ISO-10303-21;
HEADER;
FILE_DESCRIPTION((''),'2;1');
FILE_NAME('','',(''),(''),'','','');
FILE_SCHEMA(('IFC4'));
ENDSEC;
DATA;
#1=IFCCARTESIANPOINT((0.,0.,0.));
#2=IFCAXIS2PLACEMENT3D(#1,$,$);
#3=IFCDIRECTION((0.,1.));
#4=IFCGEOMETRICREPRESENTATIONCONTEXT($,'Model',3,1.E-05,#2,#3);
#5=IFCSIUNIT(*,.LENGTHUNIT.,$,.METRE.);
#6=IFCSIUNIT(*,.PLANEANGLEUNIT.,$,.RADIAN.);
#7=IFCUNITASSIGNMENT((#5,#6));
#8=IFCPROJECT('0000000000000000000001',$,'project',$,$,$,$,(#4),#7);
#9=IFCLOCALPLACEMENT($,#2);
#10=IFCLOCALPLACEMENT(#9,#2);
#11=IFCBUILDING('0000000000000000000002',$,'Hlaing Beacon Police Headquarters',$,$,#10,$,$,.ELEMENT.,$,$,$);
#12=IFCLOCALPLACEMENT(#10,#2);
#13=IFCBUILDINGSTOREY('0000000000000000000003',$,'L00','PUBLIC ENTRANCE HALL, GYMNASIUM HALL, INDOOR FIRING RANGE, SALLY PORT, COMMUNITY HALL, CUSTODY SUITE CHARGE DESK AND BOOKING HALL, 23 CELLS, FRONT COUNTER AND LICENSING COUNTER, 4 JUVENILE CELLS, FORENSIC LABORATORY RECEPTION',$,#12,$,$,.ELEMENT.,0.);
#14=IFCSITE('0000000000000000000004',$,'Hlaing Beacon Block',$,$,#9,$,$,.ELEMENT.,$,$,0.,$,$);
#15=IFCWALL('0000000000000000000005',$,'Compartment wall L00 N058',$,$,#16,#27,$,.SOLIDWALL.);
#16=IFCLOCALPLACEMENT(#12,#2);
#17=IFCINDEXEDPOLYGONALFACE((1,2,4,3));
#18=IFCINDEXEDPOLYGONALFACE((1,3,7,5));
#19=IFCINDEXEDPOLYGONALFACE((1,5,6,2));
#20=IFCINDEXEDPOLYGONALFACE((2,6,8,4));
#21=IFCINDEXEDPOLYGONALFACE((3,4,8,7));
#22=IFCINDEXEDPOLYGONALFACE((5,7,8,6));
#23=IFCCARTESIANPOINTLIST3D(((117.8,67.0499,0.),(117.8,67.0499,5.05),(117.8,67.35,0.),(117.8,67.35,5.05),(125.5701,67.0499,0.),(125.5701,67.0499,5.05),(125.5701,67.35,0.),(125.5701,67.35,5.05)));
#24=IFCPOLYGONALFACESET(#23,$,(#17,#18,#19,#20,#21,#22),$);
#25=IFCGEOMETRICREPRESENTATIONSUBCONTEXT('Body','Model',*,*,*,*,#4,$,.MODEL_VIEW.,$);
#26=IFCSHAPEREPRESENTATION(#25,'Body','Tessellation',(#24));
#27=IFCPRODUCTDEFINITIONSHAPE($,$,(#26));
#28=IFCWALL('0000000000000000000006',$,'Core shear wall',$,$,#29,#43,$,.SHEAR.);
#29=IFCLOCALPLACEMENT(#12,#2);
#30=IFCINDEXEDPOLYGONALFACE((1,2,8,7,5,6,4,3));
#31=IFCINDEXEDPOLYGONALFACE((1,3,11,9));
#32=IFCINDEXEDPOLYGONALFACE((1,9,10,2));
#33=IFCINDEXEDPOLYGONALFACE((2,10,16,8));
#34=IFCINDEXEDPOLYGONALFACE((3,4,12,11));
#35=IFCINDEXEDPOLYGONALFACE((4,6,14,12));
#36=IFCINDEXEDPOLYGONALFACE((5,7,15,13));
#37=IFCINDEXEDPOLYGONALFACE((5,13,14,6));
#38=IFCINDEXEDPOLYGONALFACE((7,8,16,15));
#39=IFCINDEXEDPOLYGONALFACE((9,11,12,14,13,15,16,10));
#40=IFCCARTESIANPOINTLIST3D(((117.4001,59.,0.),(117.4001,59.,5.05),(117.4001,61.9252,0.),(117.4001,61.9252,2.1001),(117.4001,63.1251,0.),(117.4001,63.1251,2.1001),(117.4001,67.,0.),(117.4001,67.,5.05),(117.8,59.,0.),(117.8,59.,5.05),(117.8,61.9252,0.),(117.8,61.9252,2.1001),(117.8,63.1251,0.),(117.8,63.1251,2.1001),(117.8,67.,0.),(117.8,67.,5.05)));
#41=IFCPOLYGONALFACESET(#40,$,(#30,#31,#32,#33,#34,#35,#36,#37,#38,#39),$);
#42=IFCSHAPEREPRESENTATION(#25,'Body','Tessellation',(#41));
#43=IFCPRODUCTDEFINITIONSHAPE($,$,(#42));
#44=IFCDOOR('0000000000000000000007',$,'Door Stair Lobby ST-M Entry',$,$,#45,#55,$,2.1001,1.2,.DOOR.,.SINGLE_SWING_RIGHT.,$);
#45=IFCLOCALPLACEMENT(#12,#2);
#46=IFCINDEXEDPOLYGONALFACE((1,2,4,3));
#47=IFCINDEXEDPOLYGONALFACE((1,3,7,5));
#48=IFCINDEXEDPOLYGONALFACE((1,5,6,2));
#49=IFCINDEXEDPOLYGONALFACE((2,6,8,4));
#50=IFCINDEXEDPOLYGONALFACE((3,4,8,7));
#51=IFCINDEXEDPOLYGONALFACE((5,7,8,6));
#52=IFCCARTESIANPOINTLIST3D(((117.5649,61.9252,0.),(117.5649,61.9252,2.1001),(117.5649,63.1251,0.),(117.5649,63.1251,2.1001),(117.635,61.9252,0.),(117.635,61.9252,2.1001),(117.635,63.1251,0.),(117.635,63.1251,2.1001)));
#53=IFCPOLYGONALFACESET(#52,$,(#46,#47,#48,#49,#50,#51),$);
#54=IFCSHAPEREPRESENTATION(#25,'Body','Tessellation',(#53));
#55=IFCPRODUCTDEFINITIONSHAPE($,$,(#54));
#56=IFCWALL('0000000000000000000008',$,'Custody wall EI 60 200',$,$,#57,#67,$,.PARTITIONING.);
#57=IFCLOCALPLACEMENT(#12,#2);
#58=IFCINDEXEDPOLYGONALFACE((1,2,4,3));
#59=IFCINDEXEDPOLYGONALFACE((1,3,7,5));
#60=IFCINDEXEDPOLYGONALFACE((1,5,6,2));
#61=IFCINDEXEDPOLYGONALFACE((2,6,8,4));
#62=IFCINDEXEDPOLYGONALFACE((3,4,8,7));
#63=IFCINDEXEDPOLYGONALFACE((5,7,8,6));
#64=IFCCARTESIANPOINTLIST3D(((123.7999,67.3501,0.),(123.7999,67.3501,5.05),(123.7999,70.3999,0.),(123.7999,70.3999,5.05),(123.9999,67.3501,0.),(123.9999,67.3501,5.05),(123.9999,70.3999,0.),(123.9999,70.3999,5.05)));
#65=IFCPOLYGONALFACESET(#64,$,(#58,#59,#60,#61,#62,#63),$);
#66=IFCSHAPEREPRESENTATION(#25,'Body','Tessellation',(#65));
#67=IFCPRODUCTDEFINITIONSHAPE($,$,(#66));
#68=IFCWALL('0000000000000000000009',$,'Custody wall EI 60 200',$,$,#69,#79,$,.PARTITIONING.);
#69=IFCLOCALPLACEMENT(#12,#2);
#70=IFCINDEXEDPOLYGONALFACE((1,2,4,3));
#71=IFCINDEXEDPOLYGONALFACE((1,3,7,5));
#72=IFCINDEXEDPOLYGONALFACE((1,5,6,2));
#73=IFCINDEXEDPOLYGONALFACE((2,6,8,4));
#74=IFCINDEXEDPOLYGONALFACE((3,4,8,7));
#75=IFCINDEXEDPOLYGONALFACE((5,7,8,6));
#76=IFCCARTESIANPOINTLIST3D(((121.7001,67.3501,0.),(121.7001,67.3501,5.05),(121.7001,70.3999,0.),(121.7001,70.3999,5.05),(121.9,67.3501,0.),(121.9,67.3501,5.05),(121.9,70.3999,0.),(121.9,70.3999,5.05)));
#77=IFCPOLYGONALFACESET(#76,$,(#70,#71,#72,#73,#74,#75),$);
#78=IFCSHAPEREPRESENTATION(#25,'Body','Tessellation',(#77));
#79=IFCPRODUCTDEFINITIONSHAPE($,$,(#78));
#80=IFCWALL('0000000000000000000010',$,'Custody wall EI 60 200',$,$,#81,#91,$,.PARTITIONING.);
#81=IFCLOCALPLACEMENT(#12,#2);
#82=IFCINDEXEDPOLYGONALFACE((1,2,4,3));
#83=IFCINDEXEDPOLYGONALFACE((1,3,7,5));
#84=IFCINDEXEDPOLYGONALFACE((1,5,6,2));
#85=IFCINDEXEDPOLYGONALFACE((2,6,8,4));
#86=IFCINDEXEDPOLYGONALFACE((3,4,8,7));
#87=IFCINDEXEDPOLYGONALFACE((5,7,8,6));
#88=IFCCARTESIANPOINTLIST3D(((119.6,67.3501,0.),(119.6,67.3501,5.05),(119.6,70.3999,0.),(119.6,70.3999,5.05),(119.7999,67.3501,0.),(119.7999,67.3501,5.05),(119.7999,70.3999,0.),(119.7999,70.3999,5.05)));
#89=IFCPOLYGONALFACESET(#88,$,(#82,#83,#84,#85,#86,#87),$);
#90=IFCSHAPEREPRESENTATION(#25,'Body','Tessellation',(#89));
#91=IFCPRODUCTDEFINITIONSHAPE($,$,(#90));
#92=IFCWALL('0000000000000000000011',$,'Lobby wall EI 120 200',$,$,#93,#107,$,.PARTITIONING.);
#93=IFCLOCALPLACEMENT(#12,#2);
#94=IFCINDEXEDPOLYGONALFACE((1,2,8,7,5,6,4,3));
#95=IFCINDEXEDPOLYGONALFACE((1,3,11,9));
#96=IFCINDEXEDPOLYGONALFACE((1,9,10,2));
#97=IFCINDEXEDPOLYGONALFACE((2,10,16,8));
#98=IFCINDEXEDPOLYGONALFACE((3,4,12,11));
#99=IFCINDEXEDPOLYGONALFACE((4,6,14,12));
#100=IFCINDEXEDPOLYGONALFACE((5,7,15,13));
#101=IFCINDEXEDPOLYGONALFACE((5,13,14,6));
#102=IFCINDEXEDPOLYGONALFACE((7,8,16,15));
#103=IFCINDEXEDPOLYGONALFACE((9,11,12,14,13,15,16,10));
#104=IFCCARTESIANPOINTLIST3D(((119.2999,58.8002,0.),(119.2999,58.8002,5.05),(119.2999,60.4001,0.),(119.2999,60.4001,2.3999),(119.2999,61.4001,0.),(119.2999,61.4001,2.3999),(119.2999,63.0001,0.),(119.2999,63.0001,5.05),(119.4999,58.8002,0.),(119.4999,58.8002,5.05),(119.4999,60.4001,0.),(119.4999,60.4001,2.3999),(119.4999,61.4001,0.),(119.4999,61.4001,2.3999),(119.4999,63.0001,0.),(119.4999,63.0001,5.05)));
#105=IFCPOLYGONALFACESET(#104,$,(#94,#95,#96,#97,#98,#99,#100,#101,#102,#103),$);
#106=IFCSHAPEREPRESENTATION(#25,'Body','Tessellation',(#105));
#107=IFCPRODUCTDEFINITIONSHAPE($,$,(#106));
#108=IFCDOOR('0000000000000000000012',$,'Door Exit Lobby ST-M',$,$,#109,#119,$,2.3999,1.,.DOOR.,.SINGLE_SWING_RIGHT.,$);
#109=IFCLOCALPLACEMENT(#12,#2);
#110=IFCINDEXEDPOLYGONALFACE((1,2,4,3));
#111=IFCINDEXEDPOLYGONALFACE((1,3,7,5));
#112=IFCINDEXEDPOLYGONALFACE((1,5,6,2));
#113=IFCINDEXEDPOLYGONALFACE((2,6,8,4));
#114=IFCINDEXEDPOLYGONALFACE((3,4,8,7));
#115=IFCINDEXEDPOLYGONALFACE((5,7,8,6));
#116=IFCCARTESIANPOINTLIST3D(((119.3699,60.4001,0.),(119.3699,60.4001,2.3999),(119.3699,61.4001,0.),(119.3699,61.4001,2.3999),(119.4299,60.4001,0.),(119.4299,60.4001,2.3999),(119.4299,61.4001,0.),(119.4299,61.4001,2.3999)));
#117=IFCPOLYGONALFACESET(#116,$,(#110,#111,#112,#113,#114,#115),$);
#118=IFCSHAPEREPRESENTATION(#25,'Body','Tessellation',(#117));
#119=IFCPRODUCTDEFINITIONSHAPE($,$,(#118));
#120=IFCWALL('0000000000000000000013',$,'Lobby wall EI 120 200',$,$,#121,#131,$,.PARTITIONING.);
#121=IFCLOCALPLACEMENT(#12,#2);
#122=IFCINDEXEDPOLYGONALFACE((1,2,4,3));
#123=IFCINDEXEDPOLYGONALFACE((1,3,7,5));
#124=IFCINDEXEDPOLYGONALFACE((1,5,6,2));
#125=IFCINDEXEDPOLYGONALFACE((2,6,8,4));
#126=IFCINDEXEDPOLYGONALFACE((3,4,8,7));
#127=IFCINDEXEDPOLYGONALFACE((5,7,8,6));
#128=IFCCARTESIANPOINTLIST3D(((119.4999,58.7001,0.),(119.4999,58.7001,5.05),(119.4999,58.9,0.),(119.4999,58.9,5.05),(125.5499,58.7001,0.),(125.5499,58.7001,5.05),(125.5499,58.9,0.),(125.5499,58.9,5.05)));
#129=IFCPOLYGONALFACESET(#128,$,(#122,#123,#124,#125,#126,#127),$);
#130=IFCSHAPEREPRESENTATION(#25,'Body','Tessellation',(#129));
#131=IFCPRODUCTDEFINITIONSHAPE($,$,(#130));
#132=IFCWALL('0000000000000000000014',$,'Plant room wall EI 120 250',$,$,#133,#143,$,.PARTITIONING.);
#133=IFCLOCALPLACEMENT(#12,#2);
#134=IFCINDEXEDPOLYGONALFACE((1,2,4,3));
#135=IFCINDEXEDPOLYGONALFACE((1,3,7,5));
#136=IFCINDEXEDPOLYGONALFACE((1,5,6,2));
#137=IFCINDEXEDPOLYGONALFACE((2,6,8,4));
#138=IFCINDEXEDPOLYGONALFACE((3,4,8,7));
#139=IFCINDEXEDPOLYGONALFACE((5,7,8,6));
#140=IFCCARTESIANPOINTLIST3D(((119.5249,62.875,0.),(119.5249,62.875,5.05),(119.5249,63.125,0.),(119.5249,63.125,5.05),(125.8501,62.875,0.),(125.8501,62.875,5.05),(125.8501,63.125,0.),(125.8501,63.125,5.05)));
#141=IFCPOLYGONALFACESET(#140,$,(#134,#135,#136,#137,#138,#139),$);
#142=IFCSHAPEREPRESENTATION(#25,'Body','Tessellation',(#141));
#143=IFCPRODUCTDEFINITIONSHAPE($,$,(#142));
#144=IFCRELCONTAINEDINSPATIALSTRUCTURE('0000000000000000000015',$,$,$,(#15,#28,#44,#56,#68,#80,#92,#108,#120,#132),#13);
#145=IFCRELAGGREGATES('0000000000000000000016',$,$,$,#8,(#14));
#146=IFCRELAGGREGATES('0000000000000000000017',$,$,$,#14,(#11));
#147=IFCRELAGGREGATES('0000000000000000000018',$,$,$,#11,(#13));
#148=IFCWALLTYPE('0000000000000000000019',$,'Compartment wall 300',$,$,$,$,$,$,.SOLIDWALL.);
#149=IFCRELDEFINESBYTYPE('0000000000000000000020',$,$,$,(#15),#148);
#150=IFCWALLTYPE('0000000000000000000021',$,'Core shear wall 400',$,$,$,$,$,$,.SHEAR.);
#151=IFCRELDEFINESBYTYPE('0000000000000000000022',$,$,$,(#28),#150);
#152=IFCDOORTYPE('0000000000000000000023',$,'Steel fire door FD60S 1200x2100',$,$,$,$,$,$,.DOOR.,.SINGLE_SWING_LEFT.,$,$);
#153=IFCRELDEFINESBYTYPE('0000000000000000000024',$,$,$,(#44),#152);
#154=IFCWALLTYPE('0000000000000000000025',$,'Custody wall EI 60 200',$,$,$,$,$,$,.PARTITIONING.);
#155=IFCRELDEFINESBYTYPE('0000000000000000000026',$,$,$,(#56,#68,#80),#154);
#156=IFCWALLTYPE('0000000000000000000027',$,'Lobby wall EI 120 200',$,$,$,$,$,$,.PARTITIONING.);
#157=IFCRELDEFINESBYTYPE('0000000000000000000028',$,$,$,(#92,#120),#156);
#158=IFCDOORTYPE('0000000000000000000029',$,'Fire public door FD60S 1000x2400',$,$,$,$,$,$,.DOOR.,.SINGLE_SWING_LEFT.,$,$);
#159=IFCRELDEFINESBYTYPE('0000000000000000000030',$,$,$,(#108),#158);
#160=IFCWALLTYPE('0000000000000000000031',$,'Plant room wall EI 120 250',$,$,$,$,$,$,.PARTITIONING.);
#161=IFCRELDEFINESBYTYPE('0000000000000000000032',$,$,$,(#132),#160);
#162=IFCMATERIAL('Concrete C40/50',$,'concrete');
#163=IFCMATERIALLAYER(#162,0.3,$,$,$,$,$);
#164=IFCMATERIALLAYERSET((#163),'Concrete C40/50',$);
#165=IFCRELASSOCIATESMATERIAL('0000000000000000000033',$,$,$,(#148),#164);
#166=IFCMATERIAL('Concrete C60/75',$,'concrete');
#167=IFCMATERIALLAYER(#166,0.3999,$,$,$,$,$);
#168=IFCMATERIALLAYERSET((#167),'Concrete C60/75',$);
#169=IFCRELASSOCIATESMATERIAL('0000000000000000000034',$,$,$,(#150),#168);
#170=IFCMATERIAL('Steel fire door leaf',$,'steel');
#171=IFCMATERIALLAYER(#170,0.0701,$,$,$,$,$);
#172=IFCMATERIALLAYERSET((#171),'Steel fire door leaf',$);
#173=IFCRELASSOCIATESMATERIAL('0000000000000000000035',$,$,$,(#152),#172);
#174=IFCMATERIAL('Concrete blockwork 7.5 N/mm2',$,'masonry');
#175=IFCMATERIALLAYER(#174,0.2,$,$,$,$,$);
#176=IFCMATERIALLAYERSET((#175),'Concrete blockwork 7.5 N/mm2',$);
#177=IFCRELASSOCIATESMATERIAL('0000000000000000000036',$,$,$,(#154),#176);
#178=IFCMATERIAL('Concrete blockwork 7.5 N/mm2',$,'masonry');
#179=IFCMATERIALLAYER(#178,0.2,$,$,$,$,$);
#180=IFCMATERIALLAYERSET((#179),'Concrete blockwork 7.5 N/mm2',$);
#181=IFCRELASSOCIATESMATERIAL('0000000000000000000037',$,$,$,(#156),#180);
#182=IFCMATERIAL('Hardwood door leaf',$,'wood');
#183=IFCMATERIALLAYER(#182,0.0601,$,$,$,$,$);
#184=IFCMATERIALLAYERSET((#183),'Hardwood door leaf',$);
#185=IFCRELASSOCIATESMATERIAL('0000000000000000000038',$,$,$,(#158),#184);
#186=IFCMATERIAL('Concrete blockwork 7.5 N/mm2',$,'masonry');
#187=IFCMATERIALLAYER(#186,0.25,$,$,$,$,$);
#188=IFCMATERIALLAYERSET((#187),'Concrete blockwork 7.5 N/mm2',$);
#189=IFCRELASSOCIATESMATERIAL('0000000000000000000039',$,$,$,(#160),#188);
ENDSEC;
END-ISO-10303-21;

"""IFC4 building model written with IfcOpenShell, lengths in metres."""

from ifc_helpers import new_model, si_unit, direction, frame, frame_2d, origin, place, context, subcontext, project, spatial, rectangle, extrude, material, layer, layer_set, type_object, element, fill, save


model = new_model("IFC4")

# Units and contexts
model_context = context("Model", 3, precision=1e-05, world=origin(), true_north=direction((0.0, 1.0)))
body_context = subcontext(model_context, "Body", "Model", "MODEL_VIEW")
ifc_project = project(units=[si_unit("LENGTHUNIT", "METRE"), si_unit("PLANEANGLEUNIT", "RADIAN")], contexts=[model_context])

# Site, building, storey
site_placement = place(None, origin())
site = spatial("IfcSite", under=ifc_project, at=site_placement, Name="Hlaing Beacon Block", CompositionType="ELEMENT", RefElevation=0.0)
building_placement = place(site_placement, origin())
building = spatial("IfcBuilding", under=site, at=building_placement, Name="Hlaing Beacon Police Headquarters", CompositionType="ELEMENT")
storey_placement = place(building_placement, origin())
storey = spatial("IfcBuildingStorey", under=building, at=storey_placement, Name="L00", Description="PUBLIC ENTRANCE HALL, GYMNASIUM HALL, INDOOR FIRING RANGE, SALLY PORT, COMMUNITY HALL, CUSTODY SUITE CHARGE DESK AND BOOKING HALL, 23 CELLS, FRONT COUNTER AND LICENSING COUNTER, 4 JUVENILE CELLS, FORENSIC LABORATORY RECEPTION", CompositionType="ELEMENT", Elevation=0.0)

# Wall
ifc_material_1 = material(Name="Concrete C40/50", Category="concrete")
ifc_layer_1 = layer(ifc_material_1, 0.3)
ifc_layer_set_1 = layer_set([ifc_layer_1], Name="Concrete C40/50")
wall_type_1 = type_object("IfcWallType", Name="Compartment wall 300", PredefinedType="SOLIDWALL", material=ifc_layer_set_1)
wall_1_placement = place(storey_placement, frame((125.5701, 67.2, 0.0), z_axis=(0.0, 0.0, 1.0), x_axis=(-1.0, 0.0, 0.0)))
element("IfcWall", 1, at=wall_1_placement, inside=storey, type_object=wall_type_1, Name="Compartment wall L00 N058", PredefinedType="SOLIDWALL", context=body_context, shape_type="SweptSolid", body=[
    extrude(rectangle(XDim=7.77, YDim=0.3, at=frame_2d((3.885, 0.0))), origin(), (0.0, 0.0, 1.0), 5.05),
])

# Wall, opening, door
ifc_material_2 = material(Name="Concrete C60/75", Category="concrete")
ifc_layer_2 = layer(ifc_material_2, 0.3999)
ifc_layer_set_2 = layer_set([ifc_layer_2], Name="Concrete C60/75")
wall_type_2 = type_object("IfcWallType", Name="Core shear wall 400", PredefinedType="SHEAR", material=ifc_layer_set_2)
wall_2_placement = place(storey_placement, frame((117.6001, 59.0, 0.0), z_axis=(0.0, 0.0, 1.0), x_axis=(0.0, 1.0, 0.0)))
wall_2 = element("IfcWall", 2, at=wall_2_placement, inside=storey, type_object=wall_type_2, Name="Core shear wall", PredefinedType="SHEAR", context=body_context, shape_type="SweptSolid", body=[
    extrude(rectangle(XDim=8.0, YDim=0.3999, at=frame_2d((4.0, 0.0))), origin(), (0.0, 0.0, 1.0), 5.05),
])
opening_1_placement = place(wall_2_placement, frame((2.925, 0.0, 0.0)))
opening_1 = element("IfcOpeningElement", 3, at=opening_1_placement, cuts=wall_2, PredefinedType="OPENING", context=body_context, shape_type="SweptSolid", body=[
    extrude(rectangle(XDim=1.2, YDim=2.1001, at=frame_2d((0.6001, 1.05))), frame((0.0, 0.21, 0.0), z_axis=(0.0, -1.0, 0.0), x_axis=(1.0, 0.0, 0.0)), (0.0, 0.0, 1.0), 0.4199),
])
ifc_material_3 = material(Name="Steel fire door leaf", Category="steel")
ifc_layer_3 = layer(ifc_material_3, 0.0701)
ifc_layer_set_3 = layer_set([ifc_layer_3], Name="Steel fire door leaf")
door_type_1 = type_object("IfcDoorType", Name="Steel fire door FD60S 1200x2100", OperationType="SINGLE_SWING_LEFT", PredefinedType="DOOR", material=ifc_layer_set_3)
door_1_placement = place(opening_1_placement, origin())
door_1 = element("IfcDoor", 4, at=door_1_placement, inside=storey, type_object=door_type_1, Name="Door Stair Lobby ST-M Entry", OperationType="SINGLE_SWING_RIGHT", OverallHeight=2.1001, OverallWidth=1.2, PredefinedType="DOOR", context=body_context, shape_type="SweptSolid", body=[
    extrude(rectangle(XDim=1.2, YDim=2.1001, at=frame_2d((0.6001, 1.05))), frame((0.0, 0.0352, 0.0), z_axis=(0.0, -1.0, 0.0), x_axis=(1.0, 0.0, 0.0)), (0.0, 0.0, 1.0), 0.0701),
])
fill(opening_1, door_1)

# Walls
ifc_material_4 = material(Name="Concrete blockwork 7.5 N/mm2", Category="masonry")
ifc_layer_4 = layer(ifc_material_4, 0.2)
ifc_layer_set_4 = layer_set([ifc_layer_4], Name="Concrete blockwork 7.5 N/mm2")
wall_type_3 = type_object("IfcWallType", Name="Custody wall EI 60 200", PredefinedType="PARTITIONING", material=ifc_layer_set_4)
for number, where, z_axis, x_axis, name in (
    (5, (123.8999, 67.3501, 0.0), (0.0, 0.0, 1.0), (0.0, 1.0, 0.0), "Custody wall EI 60 200"),
    (6, (121.8, 67.3501, 0.0), (0.0, 0.0, 1.0), (0.0, 1.0, 0.0), "Custody wall EI 60 200"),
    (7, (119.7, 67.3501, 0.0), (0.0, 0.0, 1.0), (0.0, 1.0, 0.0), "Custody wall EI 60 200"),
):
    element("IfcWall", number, at=place(storey_placement, frame(where, z_axis=z_axis, x_axis=x_axis)), inside=storey, type_object=wall_type_3, Name=name, PredefinedType="PARTITIONING", context=body_context, shape_type="SweptSolid", body=[
        extrude(rectangle(XDim=3.0498, YDim=0.2, at=frame_2d((1.5249, 0.0))), origin(), (0.0, 0.0, 1.0), 5.05),
    ])

# Wall, opening, door
ifc_material_5 = material(Name="Concrete blockwork 7.5 N/mm2", Category="masonry")
ifc_layer_5 = layer(ifc_material_5, 0.2)
ifc_layer_set_5 = layer_set([ifc_layer_5], Name="Concrete blockwork 7.5 N/mm2")
wall_type_4 = type_object("IfcWallType", Name="Lobby wall EI 120 200", PredefinedType="PARTITIONING", material=ifc_layer_set_5)
wall_3_placement = place(storey_placement, frame((119.3999, 58.8, 0.0), z_axis=(0.0, 0.0, 1.0), x_axis=(0.0, 1.0, 0.0)))
wall_3 = element("IfcWall", 8, at=wall_3_placement, inside=storey, type_object=wall_type_4, Name="Lobby wall EI 120 200", PredefinedType="PARTITIONING", context=body_context, shape_type="SweptSolid", body=[
    extrude(rectangle(XDim=4.2, YDim=0.2, at=frame_2d((2.1001, 0.0))), origin(), (0.0, 0.0, 1.0), 5.05),
])
opening_2_placement = place(wall_3_placement, frame((1.6001, 0.0, 0.0)))
opening_2 = element("IfcOpeningElement", 9, at=opening_2_placement, cuts=wall_3, PredefinedType="OPENING", context=body_context, shape_type="SweptSolid", body=[
    extrude(rectangle(XDim=1.0, YDim=2.3999, at=frame_2d((0.5, 1.2))), frame((0.0, 0.1099, 0.0), z_axis=(0.0, -1.0, 0.0), x_axis=(1.0, 0.0, 0.0)), (0.0, 0.0, 1.0), 0.22),
])
ifc_material_6 = material(Name="Hardwood door leaf", Category="wood")
ifc_layer_6 = layer(ifc_material_6, 0.0601)
ifc_layer_set_6 = layer_set([ifc_layer_6], Name="Hardwood door leaf")
door_type_2 = type_object("IfcDoorType", Name="Fire public door FD60S 1000x2400", OperationType="SINGLE_SWING_LEFT", PredefinedType="DOOR", material=ifc_layer_set_6)
door_2_placement = place(opening_2_placement, frame((1.0, 0.0, 0.0), z_axis=(0.0, 0.0, 1.0), x_axis=(-1.0, 0.0, 0.0)))
door_2 = element("IfcDoor", 10, at=door_2_placement, inside=storey, type_object=door_type_2, Name="Door Exit Lobby ST-M", OperationType="SINGLE_SWING_RIGHT", OverallHeight=2.3999, OverallWidth=1.0, PredefinedType="DOOR", context=body_context, shape_type="SweptSolid", body=[
    extrude(rectangle(XDim=1.0, YDim=2.3999, at=frame_2d((0.5, 1.2))), frame((0.0, 0.03, 0.0), z_axis=(0.0, -1.0, 0.0), x_axis=(1.0, 0.0, 0.0)), (0.0, 0.0, 1.0), 0.0601),
])
fill(opening_2, door_2)

# Wall
wall_4_placement = place(storey_placement, frame((119.5, 58.8, 0.0), z_axis=(0.0, 0.0, 1.0), x_axis=(1.0, 0.0, 0.0)))
element("IfcWall", 11, at=wall_4_placement, inside=storey, type_object=wall_type_4, Name="Lobby wall EI 120 200", PredefinedType="PARTITIONING", context=body_context, shape_type="SweptSolid", body=[
    extrude(rectangle(XDim=6.05, YDim=0.2, at=frame_2d((3.0249, 0.0))), origin(), (0.0, 0.0, 1.0), 5.05),
])

# Shared definitions
ifc_material_7 = material(Name="Concrete blockwork 7.5 N/mm2", Category="masonry")
ifc_layer_7 = layer(ifc_material_7, 0.25)
ifc_layer_set_7 = layer_set([ifc_layer_7], Name="Concrete blockwork 7.5 N/mm2")
wall_type_5 = type_object("IfcWallType", Name="Plant room wall EI 120 250", PredefinedType="PARTITIONING", material=ifc_layer_set_7)

# Wall
wall_5_placement = place(storey_placement, frame((119.5249, 63.0, 0.0), z_axis=(0.0, 0.0, 1.0), x_axis=(1.0, 0.0, 0.0)))
element("IfcWall", 12, at=wall_5_placement, inside=storey, type_object=wall_type_5, Name="Plant room wall EI 120 250", PredefinedType="PARTITIONING", context=body_context, shape_type="SweptSolid", body=[
    extrude(rectangle(XDim=6.3252, YDim=0.25, at=frame_2d((3.1626, 0.0))), origin(), (0.0, 0.0, 1.0), 5.05),
])

save(model, "model.ifc")
